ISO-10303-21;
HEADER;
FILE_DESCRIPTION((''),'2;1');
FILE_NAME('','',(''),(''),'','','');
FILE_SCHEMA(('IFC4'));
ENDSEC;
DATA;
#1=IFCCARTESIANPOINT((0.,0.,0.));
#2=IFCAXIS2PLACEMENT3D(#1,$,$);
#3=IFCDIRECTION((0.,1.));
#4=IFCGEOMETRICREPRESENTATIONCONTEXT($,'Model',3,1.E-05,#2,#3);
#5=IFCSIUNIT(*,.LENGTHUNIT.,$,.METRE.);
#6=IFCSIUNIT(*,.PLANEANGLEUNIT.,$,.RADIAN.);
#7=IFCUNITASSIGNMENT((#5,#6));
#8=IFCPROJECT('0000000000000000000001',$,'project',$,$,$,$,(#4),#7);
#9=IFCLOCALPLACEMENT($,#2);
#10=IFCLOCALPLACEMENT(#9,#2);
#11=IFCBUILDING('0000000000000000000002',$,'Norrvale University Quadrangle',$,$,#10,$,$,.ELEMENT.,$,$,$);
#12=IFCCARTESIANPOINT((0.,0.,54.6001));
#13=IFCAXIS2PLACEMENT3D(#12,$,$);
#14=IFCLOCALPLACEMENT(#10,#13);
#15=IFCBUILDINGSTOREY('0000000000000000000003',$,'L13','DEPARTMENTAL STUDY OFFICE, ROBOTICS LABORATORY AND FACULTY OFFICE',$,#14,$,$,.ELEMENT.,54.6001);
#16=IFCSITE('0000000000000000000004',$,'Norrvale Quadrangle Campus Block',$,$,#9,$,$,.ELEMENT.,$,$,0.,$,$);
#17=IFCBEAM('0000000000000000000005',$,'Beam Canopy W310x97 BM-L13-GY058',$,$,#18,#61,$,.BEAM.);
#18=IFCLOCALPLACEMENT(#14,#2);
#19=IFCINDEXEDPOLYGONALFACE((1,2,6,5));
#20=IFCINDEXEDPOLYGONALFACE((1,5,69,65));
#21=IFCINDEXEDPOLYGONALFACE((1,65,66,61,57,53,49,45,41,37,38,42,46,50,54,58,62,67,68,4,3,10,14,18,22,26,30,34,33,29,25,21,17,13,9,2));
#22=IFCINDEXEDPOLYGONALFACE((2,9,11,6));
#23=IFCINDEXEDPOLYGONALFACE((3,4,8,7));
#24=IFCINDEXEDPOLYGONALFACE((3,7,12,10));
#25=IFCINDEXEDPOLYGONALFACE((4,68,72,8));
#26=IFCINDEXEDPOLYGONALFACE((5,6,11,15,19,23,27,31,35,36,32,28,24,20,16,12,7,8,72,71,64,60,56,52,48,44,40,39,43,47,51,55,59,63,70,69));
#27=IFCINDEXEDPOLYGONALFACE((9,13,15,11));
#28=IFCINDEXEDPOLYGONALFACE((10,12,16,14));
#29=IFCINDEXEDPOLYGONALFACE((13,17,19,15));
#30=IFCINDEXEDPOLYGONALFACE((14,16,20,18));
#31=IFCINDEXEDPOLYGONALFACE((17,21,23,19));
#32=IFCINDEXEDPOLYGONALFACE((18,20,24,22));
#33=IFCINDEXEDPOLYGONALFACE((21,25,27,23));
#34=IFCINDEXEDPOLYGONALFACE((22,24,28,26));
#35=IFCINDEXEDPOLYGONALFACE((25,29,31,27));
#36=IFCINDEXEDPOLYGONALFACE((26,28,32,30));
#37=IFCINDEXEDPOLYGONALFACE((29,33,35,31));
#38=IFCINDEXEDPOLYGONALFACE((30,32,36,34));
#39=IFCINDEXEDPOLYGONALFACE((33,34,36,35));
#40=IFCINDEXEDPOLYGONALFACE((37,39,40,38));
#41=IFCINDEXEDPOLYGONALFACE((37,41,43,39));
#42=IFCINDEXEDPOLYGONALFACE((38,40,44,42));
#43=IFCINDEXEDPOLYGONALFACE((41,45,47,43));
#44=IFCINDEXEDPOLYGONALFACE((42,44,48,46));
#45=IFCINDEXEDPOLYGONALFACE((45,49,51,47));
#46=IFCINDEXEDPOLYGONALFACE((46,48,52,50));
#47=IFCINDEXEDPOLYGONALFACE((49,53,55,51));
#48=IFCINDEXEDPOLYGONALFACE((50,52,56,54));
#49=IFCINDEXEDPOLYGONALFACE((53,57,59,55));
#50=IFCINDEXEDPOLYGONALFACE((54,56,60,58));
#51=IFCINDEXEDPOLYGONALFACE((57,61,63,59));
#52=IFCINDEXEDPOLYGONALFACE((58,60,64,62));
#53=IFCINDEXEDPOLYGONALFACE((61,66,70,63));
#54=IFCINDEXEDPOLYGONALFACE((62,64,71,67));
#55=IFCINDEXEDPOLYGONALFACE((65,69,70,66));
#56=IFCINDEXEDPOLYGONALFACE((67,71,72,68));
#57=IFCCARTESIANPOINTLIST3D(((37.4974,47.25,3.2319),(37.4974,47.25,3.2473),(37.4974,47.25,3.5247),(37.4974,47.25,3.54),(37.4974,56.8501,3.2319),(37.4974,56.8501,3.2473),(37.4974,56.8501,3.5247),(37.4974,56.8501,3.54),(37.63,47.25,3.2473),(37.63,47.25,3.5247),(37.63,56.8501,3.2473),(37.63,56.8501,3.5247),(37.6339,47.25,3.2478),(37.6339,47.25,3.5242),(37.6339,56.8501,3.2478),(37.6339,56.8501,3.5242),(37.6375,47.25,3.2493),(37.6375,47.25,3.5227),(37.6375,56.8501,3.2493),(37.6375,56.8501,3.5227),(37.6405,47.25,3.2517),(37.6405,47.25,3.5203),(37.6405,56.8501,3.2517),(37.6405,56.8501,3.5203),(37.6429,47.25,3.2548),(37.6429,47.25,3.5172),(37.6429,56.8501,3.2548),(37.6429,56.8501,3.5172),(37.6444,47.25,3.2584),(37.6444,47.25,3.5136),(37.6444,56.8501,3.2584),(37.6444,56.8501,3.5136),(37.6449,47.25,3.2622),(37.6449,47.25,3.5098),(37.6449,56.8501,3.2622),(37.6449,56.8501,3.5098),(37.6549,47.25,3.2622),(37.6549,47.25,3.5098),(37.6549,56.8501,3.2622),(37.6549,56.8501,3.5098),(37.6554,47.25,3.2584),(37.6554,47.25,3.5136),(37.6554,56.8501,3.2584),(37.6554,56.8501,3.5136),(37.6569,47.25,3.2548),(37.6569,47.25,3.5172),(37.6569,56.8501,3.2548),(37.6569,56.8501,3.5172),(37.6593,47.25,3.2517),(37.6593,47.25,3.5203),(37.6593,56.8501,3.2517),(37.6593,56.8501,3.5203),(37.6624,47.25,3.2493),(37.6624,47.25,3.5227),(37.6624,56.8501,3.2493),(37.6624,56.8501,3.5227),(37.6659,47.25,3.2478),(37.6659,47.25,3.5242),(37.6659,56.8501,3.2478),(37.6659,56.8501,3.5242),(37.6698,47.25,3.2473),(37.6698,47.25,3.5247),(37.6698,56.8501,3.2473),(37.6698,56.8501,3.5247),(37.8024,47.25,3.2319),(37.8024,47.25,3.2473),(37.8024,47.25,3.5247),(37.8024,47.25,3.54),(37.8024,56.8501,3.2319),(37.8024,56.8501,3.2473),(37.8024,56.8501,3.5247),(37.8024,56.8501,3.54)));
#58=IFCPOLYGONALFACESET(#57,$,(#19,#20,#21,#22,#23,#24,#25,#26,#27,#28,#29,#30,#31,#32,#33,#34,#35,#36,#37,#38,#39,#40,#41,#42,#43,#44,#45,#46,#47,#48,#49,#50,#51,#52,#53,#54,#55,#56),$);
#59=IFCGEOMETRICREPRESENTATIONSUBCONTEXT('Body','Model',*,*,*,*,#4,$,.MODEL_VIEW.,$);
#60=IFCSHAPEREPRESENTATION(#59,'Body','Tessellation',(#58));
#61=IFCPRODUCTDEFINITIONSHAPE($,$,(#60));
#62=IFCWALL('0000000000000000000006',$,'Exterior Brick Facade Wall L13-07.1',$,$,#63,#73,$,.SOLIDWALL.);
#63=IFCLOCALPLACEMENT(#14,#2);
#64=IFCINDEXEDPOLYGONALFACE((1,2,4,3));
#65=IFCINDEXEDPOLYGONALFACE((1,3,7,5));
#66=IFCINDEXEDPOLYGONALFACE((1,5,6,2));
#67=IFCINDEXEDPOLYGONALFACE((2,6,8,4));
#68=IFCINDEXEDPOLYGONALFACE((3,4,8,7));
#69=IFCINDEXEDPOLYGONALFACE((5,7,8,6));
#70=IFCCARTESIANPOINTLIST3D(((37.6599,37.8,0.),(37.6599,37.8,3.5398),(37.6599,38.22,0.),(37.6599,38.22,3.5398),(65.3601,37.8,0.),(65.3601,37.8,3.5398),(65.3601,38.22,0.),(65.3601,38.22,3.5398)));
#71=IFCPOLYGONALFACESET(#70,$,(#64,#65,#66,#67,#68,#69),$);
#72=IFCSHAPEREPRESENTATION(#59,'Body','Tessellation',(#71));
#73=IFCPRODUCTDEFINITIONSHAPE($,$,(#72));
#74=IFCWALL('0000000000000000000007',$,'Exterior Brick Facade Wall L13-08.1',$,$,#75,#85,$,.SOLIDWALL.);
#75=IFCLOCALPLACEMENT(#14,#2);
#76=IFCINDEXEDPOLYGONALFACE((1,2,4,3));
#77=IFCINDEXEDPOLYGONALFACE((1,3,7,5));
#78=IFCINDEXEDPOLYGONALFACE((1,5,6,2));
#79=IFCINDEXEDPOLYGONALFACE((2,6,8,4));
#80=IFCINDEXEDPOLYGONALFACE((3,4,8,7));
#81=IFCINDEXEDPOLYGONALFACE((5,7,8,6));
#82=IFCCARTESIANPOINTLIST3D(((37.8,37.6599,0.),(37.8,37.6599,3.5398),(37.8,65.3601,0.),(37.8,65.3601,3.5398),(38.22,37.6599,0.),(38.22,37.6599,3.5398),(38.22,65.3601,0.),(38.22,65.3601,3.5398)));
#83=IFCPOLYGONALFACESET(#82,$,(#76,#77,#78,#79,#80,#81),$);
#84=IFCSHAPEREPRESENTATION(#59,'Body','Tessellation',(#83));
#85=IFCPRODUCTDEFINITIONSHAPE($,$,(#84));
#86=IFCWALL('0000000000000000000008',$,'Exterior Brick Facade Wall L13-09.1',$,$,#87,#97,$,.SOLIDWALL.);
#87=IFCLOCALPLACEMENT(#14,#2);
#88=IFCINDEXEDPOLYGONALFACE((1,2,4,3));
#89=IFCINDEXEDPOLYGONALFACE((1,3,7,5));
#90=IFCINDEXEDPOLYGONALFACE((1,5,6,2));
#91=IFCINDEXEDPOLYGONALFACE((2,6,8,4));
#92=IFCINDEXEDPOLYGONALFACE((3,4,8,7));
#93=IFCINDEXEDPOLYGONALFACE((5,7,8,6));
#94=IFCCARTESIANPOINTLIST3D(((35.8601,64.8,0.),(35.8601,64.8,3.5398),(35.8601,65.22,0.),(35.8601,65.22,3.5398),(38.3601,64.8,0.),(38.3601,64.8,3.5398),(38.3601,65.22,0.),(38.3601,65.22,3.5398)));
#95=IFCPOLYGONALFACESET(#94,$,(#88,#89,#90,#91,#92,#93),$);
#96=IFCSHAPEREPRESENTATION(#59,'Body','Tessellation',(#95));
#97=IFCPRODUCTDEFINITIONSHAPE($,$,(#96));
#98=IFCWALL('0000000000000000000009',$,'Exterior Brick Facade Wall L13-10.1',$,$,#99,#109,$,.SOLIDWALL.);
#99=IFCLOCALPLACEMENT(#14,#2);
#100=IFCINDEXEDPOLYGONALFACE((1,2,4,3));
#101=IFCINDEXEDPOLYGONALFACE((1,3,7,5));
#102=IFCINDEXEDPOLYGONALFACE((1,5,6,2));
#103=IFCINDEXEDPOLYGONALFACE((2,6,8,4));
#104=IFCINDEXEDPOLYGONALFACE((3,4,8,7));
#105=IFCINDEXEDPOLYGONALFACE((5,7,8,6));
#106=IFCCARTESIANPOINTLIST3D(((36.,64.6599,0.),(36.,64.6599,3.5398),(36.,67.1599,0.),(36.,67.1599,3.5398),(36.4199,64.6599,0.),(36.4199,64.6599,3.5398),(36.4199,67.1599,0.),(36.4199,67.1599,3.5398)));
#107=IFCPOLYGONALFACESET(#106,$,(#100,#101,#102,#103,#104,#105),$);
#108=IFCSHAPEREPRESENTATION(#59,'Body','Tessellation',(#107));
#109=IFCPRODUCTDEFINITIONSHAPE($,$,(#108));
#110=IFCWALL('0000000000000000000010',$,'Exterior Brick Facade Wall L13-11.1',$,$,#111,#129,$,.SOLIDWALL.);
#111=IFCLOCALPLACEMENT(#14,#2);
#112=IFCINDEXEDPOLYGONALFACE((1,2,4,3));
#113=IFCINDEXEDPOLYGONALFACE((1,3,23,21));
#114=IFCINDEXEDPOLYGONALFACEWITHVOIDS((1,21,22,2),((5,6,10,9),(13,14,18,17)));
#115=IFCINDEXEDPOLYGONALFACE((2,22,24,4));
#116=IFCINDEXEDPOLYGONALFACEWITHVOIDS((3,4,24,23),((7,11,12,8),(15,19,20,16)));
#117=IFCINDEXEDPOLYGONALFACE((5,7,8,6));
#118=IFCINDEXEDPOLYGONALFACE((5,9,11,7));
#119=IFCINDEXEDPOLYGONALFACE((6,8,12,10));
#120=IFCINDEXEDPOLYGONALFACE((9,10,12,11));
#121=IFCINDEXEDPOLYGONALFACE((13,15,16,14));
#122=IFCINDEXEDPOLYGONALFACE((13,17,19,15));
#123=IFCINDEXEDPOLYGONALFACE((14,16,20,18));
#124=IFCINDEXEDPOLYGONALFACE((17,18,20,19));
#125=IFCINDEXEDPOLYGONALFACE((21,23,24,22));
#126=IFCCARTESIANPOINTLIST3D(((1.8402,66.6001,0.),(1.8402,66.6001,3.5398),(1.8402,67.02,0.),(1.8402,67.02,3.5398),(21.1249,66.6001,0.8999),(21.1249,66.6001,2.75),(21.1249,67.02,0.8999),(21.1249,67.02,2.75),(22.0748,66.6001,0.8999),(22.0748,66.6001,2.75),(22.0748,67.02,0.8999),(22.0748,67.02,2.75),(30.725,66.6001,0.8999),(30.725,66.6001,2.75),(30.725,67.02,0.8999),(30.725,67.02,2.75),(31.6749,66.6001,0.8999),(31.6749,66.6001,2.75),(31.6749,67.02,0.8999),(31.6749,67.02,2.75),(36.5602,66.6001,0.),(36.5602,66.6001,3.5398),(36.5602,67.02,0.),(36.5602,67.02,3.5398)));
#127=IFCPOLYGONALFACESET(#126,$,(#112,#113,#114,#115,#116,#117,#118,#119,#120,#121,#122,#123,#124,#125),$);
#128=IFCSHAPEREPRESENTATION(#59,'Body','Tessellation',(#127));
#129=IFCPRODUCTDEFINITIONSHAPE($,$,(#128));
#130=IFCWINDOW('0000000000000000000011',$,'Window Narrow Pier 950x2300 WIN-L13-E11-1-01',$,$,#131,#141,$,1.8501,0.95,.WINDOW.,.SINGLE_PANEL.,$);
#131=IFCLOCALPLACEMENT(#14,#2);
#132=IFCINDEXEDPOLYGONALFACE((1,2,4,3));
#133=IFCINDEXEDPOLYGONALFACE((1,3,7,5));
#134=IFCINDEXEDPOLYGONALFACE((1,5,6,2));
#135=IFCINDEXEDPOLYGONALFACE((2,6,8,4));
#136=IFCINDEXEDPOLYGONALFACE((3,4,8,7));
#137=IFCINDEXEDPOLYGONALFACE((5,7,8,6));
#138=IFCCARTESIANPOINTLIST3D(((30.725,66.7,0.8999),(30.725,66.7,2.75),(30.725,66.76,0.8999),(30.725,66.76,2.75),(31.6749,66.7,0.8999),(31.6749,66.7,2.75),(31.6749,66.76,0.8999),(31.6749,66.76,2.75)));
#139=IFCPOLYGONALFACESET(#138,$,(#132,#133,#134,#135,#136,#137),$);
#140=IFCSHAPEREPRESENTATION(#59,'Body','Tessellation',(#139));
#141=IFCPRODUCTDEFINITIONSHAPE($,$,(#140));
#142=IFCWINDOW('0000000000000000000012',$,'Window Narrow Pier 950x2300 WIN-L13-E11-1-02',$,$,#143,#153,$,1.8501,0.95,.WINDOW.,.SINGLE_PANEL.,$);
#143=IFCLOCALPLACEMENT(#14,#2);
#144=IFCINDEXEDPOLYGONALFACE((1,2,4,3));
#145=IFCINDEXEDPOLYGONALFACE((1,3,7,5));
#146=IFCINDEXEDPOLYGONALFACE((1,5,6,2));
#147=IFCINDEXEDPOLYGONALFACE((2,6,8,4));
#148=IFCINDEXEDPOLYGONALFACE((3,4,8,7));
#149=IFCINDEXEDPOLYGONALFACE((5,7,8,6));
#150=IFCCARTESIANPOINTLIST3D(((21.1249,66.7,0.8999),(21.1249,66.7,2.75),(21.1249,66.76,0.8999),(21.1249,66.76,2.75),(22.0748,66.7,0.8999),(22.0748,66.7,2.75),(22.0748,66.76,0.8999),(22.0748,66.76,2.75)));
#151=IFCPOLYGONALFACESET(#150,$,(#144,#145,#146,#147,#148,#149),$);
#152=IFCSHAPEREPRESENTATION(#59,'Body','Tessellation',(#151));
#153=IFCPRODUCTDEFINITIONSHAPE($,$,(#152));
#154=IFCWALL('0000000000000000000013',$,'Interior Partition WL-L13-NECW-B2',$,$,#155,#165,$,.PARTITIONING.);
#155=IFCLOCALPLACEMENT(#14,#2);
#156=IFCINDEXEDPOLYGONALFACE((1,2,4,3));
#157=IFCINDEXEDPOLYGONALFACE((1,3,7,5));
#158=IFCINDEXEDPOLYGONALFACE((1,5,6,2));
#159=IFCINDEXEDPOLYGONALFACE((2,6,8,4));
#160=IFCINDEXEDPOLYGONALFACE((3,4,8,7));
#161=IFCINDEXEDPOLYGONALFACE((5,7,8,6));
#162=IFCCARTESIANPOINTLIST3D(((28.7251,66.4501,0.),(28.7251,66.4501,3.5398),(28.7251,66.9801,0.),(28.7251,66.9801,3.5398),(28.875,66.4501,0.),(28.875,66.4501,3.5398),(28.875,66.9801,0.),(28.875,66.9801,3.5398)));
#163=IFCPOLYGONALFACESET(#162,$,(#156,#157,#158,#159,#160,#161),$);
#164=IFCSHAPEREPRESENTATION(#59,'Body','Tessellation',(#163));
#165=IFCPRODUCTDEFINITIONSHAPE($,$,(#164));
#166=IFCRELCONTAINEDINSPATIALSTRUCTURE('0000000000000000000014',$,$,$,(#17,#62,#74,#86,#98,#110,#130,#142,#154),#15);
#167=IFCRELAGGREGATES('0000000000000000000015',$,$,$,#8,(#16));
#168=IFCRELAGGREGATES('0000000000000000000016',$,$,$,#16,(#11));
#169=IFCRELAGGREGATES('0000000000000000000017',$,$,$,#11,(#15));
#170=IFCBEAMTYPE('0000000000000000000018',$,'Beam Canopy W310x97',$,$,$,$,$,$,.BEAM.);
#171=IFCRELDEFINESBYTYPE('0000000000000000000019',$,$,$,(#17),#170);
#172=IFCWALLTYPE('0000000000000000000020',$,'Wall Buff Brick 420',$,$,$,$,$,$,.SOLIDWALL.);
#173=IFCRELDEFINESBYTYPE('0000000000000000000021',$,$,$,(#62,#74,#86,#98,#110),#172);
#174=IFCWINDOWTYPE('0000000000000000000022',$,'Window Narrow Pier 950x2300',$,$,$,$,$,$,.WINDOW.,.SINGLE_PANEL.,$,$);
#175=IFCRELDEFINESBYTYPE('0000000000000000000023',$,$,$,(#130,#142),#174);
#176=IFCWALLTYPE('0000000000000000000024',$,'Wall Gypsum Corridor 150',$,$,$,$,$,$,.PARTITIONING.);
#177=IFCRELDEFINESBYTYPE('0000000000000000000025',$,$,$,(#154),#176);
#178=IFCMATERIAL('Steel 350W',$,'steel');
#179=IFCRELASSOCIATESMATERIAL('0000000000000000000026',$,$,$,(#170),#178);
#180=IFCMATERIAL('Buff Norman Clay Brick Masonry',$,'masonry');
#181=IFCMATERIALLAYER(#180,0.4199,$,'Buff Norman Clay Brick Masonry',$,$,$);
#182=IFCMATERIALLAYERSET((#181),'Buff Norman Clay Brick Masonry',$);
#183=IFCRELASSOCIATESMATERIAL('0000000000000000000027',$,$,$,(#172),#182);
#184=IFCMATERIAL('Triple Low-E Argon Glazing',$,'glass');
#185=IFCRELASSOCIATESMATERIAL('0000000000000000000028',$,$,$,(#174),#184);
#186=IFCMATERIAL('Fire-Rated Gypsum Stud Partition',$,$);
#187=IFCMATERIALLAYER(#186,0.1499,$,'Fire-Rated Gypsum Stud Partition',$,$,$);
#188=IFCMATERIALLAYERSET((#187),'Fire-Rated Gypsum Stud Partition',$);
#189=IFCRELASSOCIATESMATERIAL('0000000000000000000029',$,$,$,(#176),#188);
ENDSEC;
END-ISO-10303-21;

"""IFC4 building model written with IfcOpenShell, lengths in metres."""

from ifc_helpers import new_model, si_unit, direction, frame, frame_2d, origin, origin_2d, place, context, subcontext, project, spatial, rectangle, i_section, extrude, material, layer, layer_set, material_profile, profile_set, type_object, element, fill, save


model = new_model("IFC4")

# Units and contexts
model_context = context("Model", 3, precision=1e-05, world=origin(), true_north=direction((0.0, 1.0)))
body_context = subcontext(model_context, "Body", "Model", "MODEL_VIEW")
ifc_project = project(units=[si_unit("LENGTHUNIT", "METRE"), si_unit("PLANEANGLEUNIT", "RADIAN")], contexts=[model_context])

# Site, building, storey
site_placement = place(None, origin())
site = spatial("IfcSite", under=ifc_project, at=site_placement, Name="Norrvale Quadrangle Campus Block", CompositionType="ELEMENT", RefElevation=0.0)
building_placement = place(site_placement, origin())
building = spatial("IfcBuilding", under=site, at=building_placement, Name="Norrvale University Quadrangle", CompositionType="ELEMENT")
storey_placement = place(building_placement, frame((0.0, 0.0, 54.6001)))
storey = spatial("IfcBuildingStorey", under=building, at=storey_placement, Name="L13", Description="DEPARTMENTAL STUDY OFFICE, ROBOTICS LABORATORY AND FACULTY OFFICE", CompositionType="ELEMENT", Elevation=54.6001)

# Beam
ifc_material_1 = material(Name="Steel 350W", Category="steel")
ifc_material_profile_1 = material_profile(ifc_material_1, i_section(OverallWidth=0.3049, OverallDepth=0.3081, WebThickness=0.01, FlangeThickness=0.0154, FilletRadius=0.0149, at=origin_2d()), Name="Steel 350W")
ifc_profile_set_1 = profile_set([ifc_material_profile_1], Name="Steel 350W")
beam_type_1 = type_object("IfcBeamType", Name="Beam Canopy W310x97", PredefinedType="BEAM", material=ifc_profile_set_1)
for number, where, z_axis, x_axis, name in (
    (1, (37.6499, 47.25, 3.386), (0.0, 1.0, 0.0), (-1.0, 0.0, 0.0), "Beam Canopy W310x97 BM-L13-GY058"),
):
    element("IfcBeam", number, at=place(storey_placement, frame(where, z_axis=z_axis, x_axis=x_axis)), inside=storey, type_object=beam_type_1, Name=name, PredefinedType="BEAM", context=body_context, shape_type="SweptSolid", body=[
        extrude(i_section(OverallWidth=0.3049, OverallDepth=0.3081, WebThickness=0.01, FlangeThickness=0.0154, FilletRadius=0.0149, at=origin_2d()), origin(), (0.0, 0.0, 1.0), 9.6001),
    ])

# Walls
ifc_material_2 = material(Name="Buff Norman Clay Brick Masonry", Category="masonry")
ifc_layer_1 = layer(ifc_material_2, 0.4199, Name="Buff Norman Clay Brick Masonry")
ifc_layer_set_1 = layer_set([ifc_layer_1], Name="Buff Norman Clay Brick Masonry")
wall_type_1 = type_object("IfcWallType", Name="Wall Buff Brick 420", PredefinedType="SOLIDWALL", material=ifc_layer_set_1)
for number, where, z_axis, x_axis, name in (
    (2, (65.3601, 38.01, 0.0), (0.0, 0.0, 1.0), (-1.0, 0.0, 0.0), "Exterior Brick Facade Wall L13-07.1"),
    (3, (38.01, 37.6599, 0.0), (0.0, 0.0, 1.0), (0.0, 1.0, 0.0), "Exterior Brick Facade Wall L13-08.1"),
):
    element("IfcWall", number, at=place(storey_placement, frame(where, z_axis=z_axis, x_axis=x_axis)), inside=storey, type_object=wall_type_1, Name=name, PredefinedType="SOLIDWALL", context=body_context, shape_type="SweptSolid", body=[
        extrude(rectangle(XDim=27.7002, YDim=0.4199, at=frame_2d((13.8501, 0.0))), origin(), (0.0, 0.0, 1.0), 3.5398),
    ])
for number, where, z_axis, x_axis, name in (
    (4, (38.3601, 65.01, 0.0), (0.0, 0.0, 1.0), (-1.0, 0.0, 0.0), "Exterior Brick Facade Wall L13-09.1"),
    (5, (36.21, 64.6599, 0.0), (0.0, 0.0, 1.0), (0.0, 1.0, 0.0), "Exterior Brick Facade Wall L13-10.1"),
):
    element("IfcWall", number, at=place(storey_placement, frame(where, z_axis=z_axis, x_axis=x_axis)), inside=storey, type_object=wall_type_1, Name=name, PredefinedType="SOLIDWALL", context=body_context, shape_type="SweptSolid", body=[
        extrude(rectangle(XDim=2.5, YDim=0.4199, at=frame_2d((1.25, 0.0))), origin(), (0.0, 0.0, 1.0), 3.5398),
    ])

# Wall, openings, windows
wall_1_placement = place(storey_placement, frame((36.5601, 66.8101, 0.0), z_axis=(0.0, 0.0, 1.0), x_axis=(-1.0, 0.0, 0.0)))
wall_1 = element("IfcWall", 6, at=wall_1_placement, inside=storey, type_object=wall_type_1, Name="Exterior Brick Facade Wall L13-11.1", PredefinedType="SOLIDWALL", context=body_context, shape_type="SweptSolid", body=[
    extrude(rectangle(XDim=34.72, YDim=0.4199, at=frame_2d((17.3599, 0.0))), origin(), (0.0, 0.0, 1.0), 3.5398),
])
opening_1_placement = place(wall_1_placement, frame((4.885, 0.0, 0.8999)))
opening_1 = element("IfcOpeningElement", 7, at=opening_1_placement, cuts=wall_1, PredefinedType="OPENING", context=body_context, shape_type="SweptSolid", body=[
    extrude(rectangle(XDim=0.95, YDim=1.8501, at=frame_2d((0.4751, 0.925))), frame((0.0, 0.2219, 0.0), z_axis=(0.0, -1.0, 0.0), x_axis=(1.0, 0.0, 0.0)), (0.0, 0.0, 1.0), 0.4438),
])
opening_2_placement = place(wall_1_placement, frame((14.4851, 0.0, 0.8999)))
opening_2 = element("IfcOpeningElement", 8, at=opening_2_placement, cuts=wall_1, PredefinedType="OPENING", context=body_context, shape_type="SweptSolid", body=[
    extrude(rectangle(XDim=0.95, YDim=1.8501, at=frame_2d((0.4751, 0.925))), frame((0.0, 0.2219, 0.0), z_axis=(0.0, -1.0, 0.0), x_axis=(1.0, 0.0, 0.0)), (0.0, 0.0, 1.0), 0.4438),
])
ifc_material_3 = material(Name="Triple Low-E Argon Glazing", Category="glass")
window_type = type_object("IfcWindowType", Name="Window Narrow Pier 950x2300", PartitioningType="SINGLE_PANEL", PredefinedType="WINDOW", material=ifc_material_3)
window_1_placement = place(opening_1_placement, origin())
window_1 = element("IfcWindow", 9, at=window_1_placement, inside=storey, type_object=window_type, Name="Window Narrow Pier 950x2300 WIN-L13-E11-1-01", OverallHeight=1.8501, OverallWidth=0.95, PartitioningType="SINGLE_PANEL", PredefinedType="WINDOW", context=body_context, shape_type="SweptSolid", body=[
    extrude(rectangle(XDim=0.95, YDim=1.8501, at=frame_2d((0.4751, 0.925))), frame((0.0, 0.1101, 0.0), z_axis=(0.0, -1.0, 0.0), x_axis=(1.0, 0.0, 0.0)), (0.0, 0.0, 1.0), 0.0601),
])
fill(opening_1, window_1)
window_2_placement = place(opening_2_placement, origin())
window_2 = element("IfcWindow", 10, at=window_2_placement, inside=storey, type_object=window_type, Name="Window Narrow Pier 950x2300 WIN-L13-E11-1-02", OverallHeight=1.8501, OverallWidth=0.95, PartitioningType="SINGLE_PANEL", PredefinedType="WINDOW", context=body_context, shape_type="SweptSolid", body=[
    extrude(rectangle(XDim=0.95, YDim=1.8501, at=frame_2d((0.4751, 0.925))), frame((0.0, 0.1101, 0.0), z_axis=(0.0, -1.0, 0.0), x_axis=(1.0, 0.0, 0.0)), (0.0, 0.0, 1.0), 0.0601),
])
fill(opening_2, window_2)

# Wall
ifc_material_4 = material(Name="Fire-Rated Gypsum Stud Partition")
ifc_layer_2 = layer(ifc_material_4, 0.1499, Name="Fire-Rated Gypsum Stud Partition")
ifc_layer_set_2 = layer_set([ifc_layer_2], Name="Fire-Rated Gypsum Stud Partition")
wall_type_2 = type_object("IfcWallType", Name="Wall Gypsum Corridor 150", PredefinedType="PARTITIONING", material=ifc_layer_set_2)
wall_2_placement = place(storey_placement, frame((28.8, 66.45, 0.0), z_axis=(0.0, 0.0, 1.0), x_axis=(0.0, 1.0, 0.0)))
element("IfcWall", 11, at=wall_2_placement, inside=storey, type_object=wall_type_2, Name="Interior Partition WL-L13-NECW-B2", PredefinedType="PARTITIONING", context=body_context, shape_type="SweptSolid", body=[
    extrude(rectangle(XDim=0.53, YDim=0.1499, at=frame_2d((0.2651, 0.0))), origin(), (0.0, 0.0, 1.0), 3.5398),
])

save(model, "model.ifc")
